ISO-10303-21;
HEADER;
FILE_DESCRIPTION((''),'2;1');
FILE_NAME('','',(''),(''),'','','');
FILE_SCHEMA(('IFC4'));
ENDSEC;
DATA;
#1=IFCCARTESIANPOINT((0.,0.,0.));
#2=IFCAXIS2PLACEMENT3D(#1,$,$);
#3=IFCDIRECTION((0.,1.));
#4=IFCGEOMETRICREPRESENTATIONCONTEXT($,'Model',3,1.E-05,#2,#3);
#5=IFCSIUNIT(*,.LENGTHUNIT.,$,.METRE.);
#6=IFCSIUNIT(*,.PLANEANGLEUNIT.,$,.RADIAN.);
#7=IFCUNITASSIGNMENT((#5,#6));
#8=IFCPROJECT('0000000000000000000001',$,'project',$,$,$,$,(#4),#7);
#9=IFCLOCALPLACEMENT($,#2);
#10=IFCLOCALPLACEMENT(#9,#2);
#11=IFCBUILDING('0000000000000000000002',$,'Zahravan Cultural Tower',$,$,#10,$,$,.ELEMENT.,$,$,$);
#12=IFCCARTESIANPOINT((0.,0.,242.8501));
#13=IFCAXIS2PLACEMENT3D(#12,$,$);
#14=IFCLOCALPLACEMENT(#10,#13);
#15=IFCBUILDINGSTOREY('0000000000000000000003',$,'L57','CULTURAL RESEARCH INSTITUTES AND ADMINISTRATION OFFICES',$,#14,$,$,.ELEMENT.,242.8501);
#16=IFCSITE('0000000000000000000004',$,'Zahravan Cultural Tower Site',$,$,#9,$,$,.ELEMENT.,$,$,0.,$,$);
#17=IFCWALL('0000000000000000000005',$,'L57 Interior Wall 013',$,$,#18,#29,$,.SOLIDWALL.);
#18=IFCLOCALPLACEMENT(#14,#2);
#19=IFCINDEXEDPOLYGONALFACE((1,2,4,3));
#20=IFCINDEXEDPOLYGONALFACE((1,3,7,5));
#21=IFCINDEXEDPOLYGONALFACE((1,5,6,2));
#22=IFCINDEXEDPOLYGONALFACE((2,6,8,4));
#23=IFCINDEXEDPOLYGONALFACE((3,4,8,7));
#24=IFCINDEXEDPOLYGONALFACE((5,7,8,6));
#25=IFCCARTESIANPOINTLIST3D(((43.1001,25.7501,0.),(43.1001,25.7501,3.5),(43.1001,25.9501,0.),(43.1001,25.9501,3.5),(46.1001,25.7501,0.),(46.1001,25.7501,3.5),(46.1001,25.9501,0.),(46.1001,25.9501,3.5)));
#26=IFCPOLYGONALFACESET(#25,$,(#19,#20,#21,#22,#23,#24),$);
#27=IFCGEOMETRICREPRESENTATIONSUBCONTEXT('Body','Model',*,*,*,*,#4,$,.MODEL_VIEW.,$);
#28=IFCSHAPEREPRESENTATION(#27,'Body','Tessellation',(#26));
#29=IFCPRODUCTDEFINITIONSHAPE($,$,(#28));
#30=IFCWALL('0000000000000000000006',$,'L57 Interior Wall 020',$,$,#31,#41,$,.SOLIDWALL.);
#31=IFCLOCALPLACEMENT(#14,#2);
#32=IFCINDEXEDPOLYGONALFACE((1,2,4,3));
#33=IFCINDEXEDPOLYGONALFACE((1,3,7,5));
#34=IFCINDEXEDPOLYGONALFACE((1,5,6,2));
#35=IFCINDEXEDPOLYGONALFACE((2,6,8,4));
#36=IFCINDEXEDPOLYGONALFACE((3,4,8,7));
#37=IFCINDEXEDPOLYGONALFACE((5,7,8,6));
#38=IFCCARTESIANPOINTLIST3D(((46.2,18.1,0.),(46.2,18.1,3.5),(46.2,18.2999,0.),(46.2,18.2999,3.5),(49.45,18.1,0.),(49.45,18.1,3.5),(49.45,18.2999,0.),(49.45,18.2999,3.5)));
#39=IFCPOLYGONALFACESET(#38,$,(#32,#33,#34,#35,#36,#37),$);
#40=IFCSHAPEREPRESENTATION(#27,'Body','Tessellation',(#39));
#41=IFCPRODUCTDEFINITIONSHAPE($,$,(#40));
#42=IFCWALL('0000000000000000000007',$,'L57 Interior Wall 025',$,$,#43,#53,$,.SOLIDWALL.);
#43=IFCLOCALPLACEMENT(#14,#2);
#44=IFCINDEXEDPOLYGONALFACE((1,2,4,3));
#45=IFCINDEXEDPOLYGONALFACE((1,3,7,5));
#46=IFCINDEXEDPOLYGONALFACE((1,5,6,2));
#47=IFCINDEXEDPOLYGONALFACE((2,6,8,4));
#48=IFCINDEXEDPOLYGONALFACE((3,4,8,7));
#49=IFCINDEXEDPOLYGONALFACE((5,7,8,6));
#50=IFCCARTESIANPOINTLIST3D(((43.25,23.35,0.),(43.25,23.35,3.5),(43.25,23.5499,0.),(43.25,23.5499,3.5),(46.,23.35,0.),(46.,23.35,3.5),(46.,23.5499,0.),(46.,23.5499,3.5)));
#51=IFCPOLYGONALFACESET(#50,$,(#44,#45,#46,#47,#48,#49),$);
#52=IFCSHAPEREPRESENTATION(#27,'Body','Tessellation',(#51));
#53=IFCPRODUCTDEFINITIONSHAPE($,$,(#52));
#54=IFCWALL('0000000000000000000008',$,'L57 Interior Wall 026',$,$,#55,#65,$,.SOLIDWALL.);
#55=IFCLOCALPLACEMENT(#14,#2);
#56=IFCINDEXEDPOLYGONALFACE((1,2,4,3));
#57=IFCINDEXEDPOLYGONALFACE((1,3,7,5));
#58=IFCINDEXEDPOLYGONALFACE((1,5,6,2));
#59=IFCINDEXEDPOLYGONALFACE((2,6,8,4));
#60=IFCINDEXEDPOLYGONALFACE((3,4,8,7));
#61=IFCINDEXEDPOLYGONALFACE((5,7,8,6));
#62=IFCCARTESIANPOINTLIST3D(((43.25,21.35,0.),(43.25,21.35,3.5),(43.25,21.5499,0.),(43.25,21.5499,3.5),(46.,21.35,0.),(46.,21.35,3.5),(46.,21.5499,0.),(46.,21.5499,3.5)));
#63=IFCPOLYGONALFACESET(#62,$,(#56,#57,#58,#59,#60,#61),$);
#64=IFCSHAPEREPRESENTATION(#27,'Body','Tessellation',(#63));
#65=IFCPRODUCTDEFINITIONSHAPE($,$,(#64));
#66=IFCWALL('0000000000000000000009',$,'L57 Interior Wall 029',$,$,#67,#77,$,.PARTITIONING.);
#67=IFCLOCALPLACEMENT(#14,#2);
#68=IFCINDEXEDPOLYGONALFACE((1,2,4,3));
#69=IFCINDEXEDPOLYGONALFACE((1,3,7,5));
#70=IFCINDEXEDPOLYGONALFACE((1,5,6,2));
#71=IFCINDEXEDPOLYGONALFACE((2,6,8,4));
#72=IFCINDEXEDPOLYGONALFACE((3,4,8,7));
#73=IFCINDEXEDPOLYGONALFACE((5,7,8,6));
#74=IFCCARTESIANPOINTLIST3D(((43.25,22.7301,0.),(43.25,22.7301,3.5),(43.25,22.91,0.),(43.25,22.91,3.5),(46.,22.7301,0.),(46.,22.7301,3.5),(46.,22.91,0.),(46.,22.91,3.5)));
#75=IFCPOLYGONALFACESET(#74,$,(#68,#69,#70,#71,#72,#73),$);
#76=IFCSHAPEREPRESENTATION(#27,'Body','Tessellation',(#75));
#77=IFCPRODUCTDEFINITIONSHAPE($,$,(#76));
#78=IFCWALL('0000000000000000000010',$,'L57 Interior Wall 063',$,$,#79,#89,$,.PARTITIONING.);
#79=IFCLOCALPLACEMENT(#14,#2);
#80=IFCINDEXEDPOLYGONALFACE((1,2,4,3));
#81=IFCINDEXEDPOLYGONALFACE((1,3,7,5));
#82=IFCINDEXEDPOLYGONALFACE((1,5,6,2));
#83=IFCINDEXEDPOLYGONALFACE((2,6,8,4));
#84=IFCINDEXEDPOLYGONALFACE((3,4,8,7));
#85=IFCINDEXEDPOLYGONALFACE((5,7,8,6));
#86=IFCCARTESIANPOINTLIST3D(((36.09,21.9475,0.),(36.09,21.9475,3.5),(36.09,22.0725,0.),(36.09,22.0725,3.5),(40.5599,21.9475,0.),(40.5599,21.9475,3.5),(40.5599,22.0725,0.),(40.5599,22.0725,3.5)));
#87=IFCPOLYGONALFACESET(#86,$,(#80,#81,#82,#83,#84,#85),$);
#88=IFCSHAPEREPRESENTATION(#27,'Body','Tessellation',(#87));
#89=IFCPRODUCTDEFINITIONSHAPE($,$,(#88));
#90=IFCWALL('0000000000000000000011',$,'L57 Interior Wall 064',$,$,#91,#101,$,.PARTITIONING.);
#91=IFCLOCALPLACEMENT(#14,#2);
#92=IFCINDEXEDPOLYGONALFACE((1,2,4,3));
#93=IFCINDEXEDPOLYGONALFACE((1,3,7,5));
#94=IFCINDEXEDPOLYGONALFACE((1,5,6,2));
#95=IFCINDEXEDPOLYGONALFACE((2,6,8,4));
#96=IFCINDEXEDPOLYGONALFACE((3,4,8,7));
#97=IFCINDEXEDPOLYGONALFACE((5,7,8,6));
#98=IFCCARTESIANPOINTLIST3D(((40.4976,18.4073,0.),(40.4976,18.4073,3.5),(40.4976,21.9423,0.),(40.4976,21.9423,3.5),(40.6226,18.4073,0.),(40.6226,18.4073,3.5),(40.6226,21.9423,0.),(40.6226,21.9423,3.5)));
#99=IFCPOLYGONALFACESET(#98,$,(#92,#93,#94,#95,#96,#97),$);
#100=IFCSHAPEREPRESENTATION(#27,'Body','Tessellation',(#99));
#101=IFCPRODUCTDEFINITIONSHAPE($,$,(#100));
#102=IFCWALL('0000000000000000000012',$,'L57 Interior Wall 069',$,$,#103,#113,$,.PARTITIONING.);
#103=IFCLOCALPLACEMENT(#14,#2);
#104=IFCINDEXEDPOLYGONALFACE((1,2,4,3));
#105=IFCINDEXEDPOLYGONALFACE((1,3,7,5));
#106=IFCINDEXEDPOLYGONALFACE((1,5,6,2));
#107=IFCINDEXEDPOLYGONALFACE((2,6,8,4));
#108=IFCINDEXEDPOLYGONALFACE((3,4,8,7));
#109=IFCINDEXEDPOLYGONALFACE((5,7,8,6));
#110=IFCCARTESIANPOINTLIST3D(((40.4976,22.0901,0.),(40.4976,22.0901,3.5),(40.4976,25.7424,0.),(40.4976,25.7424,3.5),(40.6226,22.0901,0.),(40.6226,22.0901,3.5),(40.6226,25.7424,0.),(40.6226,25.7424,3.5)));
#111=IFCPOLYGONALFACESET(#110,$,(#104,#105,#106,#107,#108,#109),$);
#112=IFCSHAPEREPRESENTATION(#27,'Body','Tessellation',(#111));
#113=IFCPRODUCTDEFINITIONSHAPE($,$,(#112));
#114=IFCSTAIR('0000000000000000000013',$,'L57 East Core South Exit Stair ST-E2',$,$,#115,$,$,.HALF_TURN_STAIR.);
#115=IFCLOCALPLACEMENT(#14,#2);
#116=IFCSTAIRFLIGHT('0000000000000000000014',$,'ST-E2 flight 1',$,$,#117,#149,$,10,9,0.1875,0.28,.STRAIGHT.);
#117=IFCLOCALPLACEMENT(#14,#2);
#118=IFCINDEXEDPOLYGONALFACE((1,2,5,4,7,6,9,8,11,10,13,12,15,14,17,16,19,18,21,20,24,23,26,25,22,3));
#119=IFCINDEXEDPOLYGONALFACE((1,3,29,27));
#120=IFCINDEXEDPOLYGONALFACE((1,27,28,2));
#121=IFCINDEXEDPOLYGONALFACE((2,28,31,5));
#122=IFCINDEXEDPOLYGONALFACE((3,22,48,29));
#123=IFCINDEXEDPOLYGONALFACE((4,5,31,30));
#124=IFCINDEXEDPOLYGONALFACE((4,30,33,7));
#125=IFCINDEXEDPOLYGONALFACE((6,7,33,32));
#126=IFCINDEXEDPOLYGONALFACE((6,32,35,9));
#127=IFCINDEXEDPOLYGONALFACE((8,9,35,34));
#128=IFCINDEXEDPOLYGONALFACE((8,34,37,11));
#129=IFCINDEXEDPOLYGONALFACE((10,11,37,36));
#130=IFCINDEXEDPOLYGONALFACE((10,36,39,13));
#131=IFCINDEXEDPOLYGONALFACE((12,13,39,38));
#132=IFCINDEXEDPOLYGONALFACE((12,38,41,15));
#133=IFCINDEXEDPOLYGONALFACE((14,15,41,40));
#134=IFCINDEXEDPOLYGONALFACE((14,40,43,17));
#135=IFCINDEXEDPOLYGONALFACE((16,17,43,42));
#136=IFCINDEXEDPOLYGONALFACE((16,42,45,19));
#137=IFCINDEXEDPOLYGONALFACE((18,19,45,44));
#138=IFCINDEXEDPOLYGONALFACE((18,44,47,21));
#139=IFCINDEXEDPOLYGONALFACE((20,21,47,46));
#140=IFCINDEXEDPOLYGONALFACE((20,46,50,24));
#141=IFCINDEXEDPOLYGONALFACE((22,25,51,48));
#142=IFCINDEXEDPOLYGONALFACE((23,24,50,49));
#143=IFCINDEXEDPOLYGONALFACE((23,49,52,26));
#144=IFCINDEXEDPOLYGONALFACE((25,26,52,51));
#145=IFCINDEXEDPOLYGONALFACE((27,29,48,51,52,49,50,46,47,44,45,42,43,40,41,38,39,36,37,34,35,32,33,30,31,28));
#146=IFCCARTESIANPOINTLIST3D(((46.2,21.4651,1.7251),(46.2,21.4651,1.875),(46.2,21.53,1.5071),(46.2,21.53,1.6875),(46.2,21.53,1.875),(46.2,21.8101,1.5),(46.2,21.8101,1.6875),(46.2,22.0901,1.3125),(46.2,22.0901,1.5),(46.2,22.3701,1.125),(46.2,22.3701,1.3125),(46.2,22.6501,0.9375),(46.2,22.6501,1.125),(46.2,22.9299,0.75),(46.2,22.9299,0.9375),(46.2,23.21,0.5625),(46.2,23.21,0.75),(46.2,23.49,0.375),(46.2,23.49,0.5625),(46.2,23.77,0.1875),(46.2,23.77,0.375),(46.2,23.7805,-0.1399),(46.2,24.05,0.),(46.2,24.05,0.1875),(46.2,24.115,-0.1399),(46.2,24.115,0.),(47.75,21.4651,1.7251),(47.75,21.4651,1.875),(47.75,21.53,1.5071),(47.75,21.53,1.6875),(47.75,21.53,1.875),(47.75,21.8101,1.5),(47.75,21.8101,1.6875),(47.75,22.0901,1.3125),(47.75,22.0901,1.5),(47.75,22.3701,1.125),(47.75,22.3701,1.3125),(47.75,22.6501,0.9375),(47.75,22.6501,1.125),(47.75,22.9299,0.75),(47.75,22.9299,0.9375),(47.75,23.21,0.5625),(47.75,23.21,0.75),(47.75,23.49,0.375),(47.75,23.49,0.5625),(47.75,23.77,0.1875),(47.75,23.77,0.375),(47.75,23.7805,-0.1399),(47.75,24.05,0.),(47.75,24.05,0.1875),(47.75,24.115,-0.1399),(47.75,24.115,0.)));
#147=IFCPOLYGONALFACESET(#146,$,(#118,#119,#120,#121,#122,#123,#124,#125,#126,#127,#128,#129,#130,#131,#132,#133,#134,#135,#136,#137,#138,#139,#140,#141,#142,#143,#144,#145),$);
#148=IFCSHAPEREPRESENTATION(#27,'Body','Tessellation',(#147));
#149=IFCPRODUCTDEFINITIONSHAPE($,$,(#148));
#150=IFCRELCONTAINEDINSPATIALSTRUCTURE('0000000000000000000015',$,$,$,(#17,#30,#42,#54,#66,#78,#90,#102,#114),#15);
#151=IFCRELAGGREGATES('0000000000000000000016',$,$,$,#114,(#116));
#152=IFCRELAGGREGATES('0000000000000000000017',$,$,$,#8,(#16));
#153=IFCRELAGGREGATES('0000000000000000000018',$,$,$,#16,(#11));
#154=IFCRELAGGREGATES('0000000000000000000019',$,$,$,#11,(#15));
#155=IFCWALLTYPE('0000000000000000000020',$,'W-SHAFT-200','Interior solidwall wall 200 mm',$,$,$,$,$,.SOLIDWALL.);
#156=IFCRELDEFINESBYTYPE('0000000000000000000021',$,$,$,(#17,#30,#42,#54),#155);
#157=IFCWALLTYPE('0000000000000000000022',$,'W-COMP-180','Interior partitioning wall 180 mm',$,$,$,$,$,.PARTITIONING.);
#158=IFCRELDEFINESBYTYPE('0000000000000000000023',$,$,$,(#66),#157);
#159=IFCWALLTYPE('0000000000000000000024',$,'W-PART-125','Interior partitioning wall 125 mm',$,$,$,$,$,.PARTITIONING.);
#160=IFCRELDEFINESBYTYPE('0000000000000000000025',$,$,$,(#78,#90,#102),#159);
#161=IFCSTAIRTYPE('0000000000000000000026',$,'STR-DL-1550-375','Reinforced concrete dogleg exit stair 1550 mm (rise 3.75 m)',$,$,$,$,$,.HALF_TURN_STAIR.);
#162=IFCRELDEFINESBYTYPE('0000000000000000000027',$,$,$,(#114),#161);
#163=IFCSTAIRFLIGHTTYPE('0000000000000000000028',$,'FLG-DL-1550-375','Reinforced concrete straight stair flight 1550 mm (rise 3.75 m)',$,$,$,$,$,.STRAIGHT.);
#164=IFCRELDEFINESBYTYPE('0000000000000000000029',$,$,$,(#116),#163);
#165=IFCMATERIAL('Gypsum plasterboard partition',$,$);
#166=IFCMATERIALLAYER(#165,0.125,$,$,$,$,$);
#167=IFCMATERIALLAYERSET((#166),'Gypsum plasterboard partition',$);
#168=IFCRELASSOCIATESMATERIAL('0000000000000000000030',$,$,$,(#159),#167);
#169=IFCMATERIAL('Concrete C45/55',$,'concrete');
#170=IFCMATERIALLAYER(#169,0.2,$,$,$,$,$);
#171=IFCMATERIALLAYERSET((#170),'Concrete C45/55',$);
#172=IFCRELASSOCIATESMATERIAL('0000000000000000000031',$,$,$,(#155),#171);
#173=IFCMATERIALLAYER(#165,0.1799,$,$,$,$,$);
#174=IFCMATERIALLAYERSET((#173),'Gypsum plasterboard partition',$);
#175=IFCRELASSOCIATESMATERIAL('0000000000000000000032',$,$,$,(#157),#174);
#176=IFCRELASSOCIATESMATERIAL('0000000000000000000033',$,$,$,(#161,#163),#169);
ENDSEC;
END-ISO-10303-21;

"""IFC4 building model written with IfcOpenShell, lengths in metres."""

from ifc_helpers import new_model, si_unit, direction, frame, frame_2d, origin, place, context, subcontext, project, spatial, polyline, rectangle, outline, extrude, source, transform, mapped, material, layer, layer_set, type_object, element, aggregate, save


model = new_model("IFC4")

# Units and contexts
model_context = context("Model", 3, precision=1e-05, world=origin(), true_north=direction((0.0, 1.0)))
body_context = subcontext(model_context, "Body", "Model", "MODEL_VIEW")
ifc_project = project(units=[si_unit("LENGTHUNIT", "METRE"), si_unit("PLANEANGLEUNIT", "RADIAN")], contexts=[model_context])

# Site, building, storey
site_placement = place(None, origin())
site = spatial("IfcSite", under=ifc_project, at=site_placement, Name="Zahravan Cultural Tower Site", CompositionType="ELEMENT", RefElevation=0.0)
building_placement = place(site_placement, origin())
building = spatial("IfcBuilding", under=site, at=building_placement, Name="Zahravan Cultural Tower", CompositionType="ELEMENT")
storey_placement = place(building_placement, frame((0.0, 0.0, 242.8501)))
storey = spatial("IfcBuildingStorey", under=building, at=storey_placement, Name="L57", Description="CULTURAL RESEARCH INSTITUTES AND ADMINISTRATION OFFICES", CompositionType="ELEMENT", Elevation=242.8501)

# Shared definitions
ifc_material_1 = material(Name="Gypsum plasterboard partition")
ifc_layer_1 = layer(ifc_material_1, 0.125)
ifc_layer_set_1 = layer_set([ifc_layer_1], Name="Gypsum plasterboard partition")
wall_type_1 = type_object("IfcWallType", Name="W-PART-125", Description="Interior partitioning wall 125 mm", PredefinedType="PARTITIONING", material=ifc_layer_set_1)
ifc_material_2 = material(Name="Concrete C45/55", Category="concrete")
ifc_layer_2 = layer(ifc_material_2, 0.2)
ifc_layer_set_2 = layer_set([ifc_layer_2], Name="Concrete C45/55")
wall_type_2 = type_object("IfcWallType", Name="W-SHAFT-200", Description="Interior solidwall wall 200 mm", PredefinedType="SOLIDWALL", material=ifc_layer_set_2)

# Walls
shared_shape_1 = source(origin(), body_context, "Body", "SweptSolid", [
    extrude(rectangle(XDim=3.0, YDim=0.2, at=frame_2d((1.5, 0.0))), origin(), (0.0, 0.0, 1.0), 3.5),
])
wall_1_placement = place(storey_placement, frame((43.1001, 25.8501, 0.0), z_axis=(0.0, 0.0, 1.0), x_axis=(1.0, 0.0, 0.0)))
element("IfcWall", 1, at=wall_1_placement, inside=storey, type_object=wall_type_2, Name="L57 Interior Wall 013", PredefinedType="SOLIDWALL", context=body_context, shape_type="MappedRepresentation", body=[
    mapped(shared_shape_1, transform((0.0, 0.0, 0.0), x_axis=(1.0, 0.0, 0.0), y_axis=(0.0, 1.0, 0.0), z_axis=(0.0, 0.0, 1.0), scale=1.0)),
])
shared_shape_2 = source(origin(), body_context, "Body", "SweptSolid", [
    extrude(rectangle(XDim=3.25, YDim=0.2, at=frame_2d((1.625, 0.0))), origin(), (0.0, 0.0, 1.0), 3.5),
])
wall_2_placement = place(storey_placement, frame((46.2, 18.2, 0.0), z_axis=(0.0, 0.0, 1.0), x_axis=(1.0, 0.0, 0.0)))
element("IfcWall", 2, at=wall_2_placement, inside=storey, type_object=wall_type_2, Name="L57 Interior Wall 020", PredefinedType="SOLIDWALL", context=body_context, shape_type="MappedRepresentation", body=[
    mapped(shared_shape_2, transform((0.0, 0.0, 0.0), x_axis=(1.0, 0.0, 0.0), y_axis=(0.0, 1.0, 0.0), z_axis=(0.0, 0.0, 1.0), scale=1.0)),
])
shared_shape_3 = source(origin(), body_context, "Body", "SweptSolid", [
    extrude(rectangle(XDim=2.75, YDim=0.2, at=frame_2d((1.375, 0.0))), origin(), (0.0, 0.0, 1.0), 3.5),
])
for number, where, z_axis, x_axis, name in (
    (3, (43.25, 23.45, 0.0), (0.0, 0.0, 1.0), (1.0, 0.0, 0.0), "L57 Interior Wall 025"),
    (4, (43.25, 21.45, 0.0), (0.0, 0.0, 1.0), (1.0, 0.0, 0.0), "L57 Interior Wall 026"),
):
    element("IfcWall", number, at=place(storey_placement, frame(where, z_axis=z_axis, x_axis=x_axis)), inside=storey, type_object=wall_type_2, Name=name, PredefinedType="SOLIDWALL", context=body_context, shape_type="MappedRepresentation", body=[
        mapped(shared_shape_3, transform((0.0, 0.0, 0.0), x_axis=(1.0, 0.0, 0.0), y_axis=(0.0, 1.0, 0.0), z_axis=(0.0, 0.0, 1.0), scale=1.0)),
    ])
ifc_layer_3 = layer(ifc_material_1, 0.1799)
ifc_layer_set_3 = layer_set([ifc_layer_3], Name="Gypsum plasterboard partition")
wall_type_3 = type_object("IfcWallType", Name="W-COMP-180", Description="Interior partitioning wall 180 mm", PredefinedType="PARTITIONING", material=ifc_layer_set_3)
shared_shape_4 = source(origin(), body_context, "Body", "SweptSolid", [
    extrude(rectangle(XDim=2.75, YDim=0.1799, at=frame_2d((1.375, 0.0))), origin(), (0.0, 0.0, 1.0), 3.5),
])
wall_3_placement = place(storey_placement, frame((43.25, 22.8201, 0.0), z_axis=(0.0, 0.0, 1.0), x_axis=(1.0, 0.0, 0.0)))
element("IfcWall", 5, at=wall_3_placement, inside=storey, type_object=wall_type_3, Name="L57 Interior Wall 029", PredefinedType="PARTITIONING", context=body_context, shape_type="MappedRepresentation", body=[
    mapped(shared_shape_4, transform((0.0, 0.0, 0.0), x_axis=(1.0, 0.0, 0.0), y_axis=(0.0, 1.0, 0.0), z_axis=(0.0, 0.0, 1.0), scale=1.0)),
])
shared_shape_5 = source(origin(), body_context, "Body", "SweptSolid", [
    extrude(rectangle(XDim=4.47, YDim=0.125, at=frame_2d((2.2349, 0.0))), origin(), (0.0, 0.0, 1.0), 3.5),
])
wall_4_placement = place(storey_placement, frame((36.0901, 22.01, 0.0), z_axis=(0.0, 0.0, 1.0), x_axis=(1.0, 0.0, 0.0)))
element("IfcWall", 6, at=wall_4_placement, inside=storey, type_object=wall_type_1, Name="L57 Interior Wall 063", PredefinedType="PARTITIONING", context=body_context, shape_type="MappedRepresentation", body=[
    mapped(shared_shape_5, transform((0.0, 0.0, 0.0), x_axis=(1.0, 0.0, 0.0), y_axis=(0.0, 1.0, 0.0), z_axis=(0.0, 0.0, 1.0), scale=1.0)),
])
shared_shape_6 = source(origin(), body_context, "Body", "SweptSolid", [
    extrude(rectangle(XDim=3.5349, YDim=0.125, at=frame_2d((1.7676, 0.0))), origin(), (0.0, 0.0, 1.0), 3.5),
])
wall_5_placement = place(storey_placement, frame((40.5601, 21.9424, 0.0), z_axis=(0.0, 0.0, 1.0), x_axis=(0.0, -1.0, 0.0)))
element("IfcWall", 7, at=wall_5_placement, inside=storey, type_object=wall_type_1, Name="L57 Interior Wall 064", PredefinedType="PARTITIONING", context=body_context, shape_type="MappedRepresentation", body=[
    mapped(shared_shape_6, transform((0.0, 0.0, 0.0), x_axis=(1.0, 0.0, 0.0), y_axis=(0.0, 1.0, 0.0), z_axis=(0.0, 0.0, 1.0), scale=1.0)),
])
shared_shape_7 = source(origin(), body_context, "Body", "SweptSolid", [
    extrude(rectangle(XDim=3.6523, YDim=0.125, at=frame_2d((1.8262, 0.0))), origin(), (0.0, 0.0, 1.0), 3.5),
])
wall_6_placement = place(storey_placement, frame((40.5601, 25.7424, 0.0), z_axis=(0.0, 0.0, 1.0), x_axis=(0.0, -1.0, 0.0)))
element("IfcWall", 8, at=wall_6_placement, inside=storey, type_object=wall_type_1, Name="L57 Interior Wall 069", PredefinedType="PARTITIONING", context=body_context, shape_type="MappedRepresentation", body=[
    mapped(shared_shape_7, transform((0.0, 0.0, 0.0), x_axis=(1.0, 0.0, 0.0), y_axis=(0.0, 1.0, 0.0), z_axis=(0.0, 0.0, 1.0), scale=1.0)),
])

# Stair, stair flight
stair_type = type_object("IfcStairType", Name="STR-DL-1550-375", Description="Reinforced concrete dogleg exit stair 1550 mm (rise 3.75 m)", PredefinedType="HALF_TURN_STAIR", material=ifc_material_2)
stair_placement = place(storey_placement, origin())
stair = element("IfcStair", 9, at=stair_placement, inside=storey, type_object=stair_type, Name="L57 East Core South Exit Stair ST-E2", PredefinedType="HALF_TURN_STAIR")
stair_flight_type = type_object("IfcStairFlightType", Name="FLG-DL-1550-375", Description="Reinforced concrete straight stair flight 1550 mm (rise 3.75 m)", PredefinedType="STRAIGHT", material=ifc_material_2)
stair_flight_placement = place(storey_placement, frame((46.9751, 24.05, 0.0), z_axis=(0.0, 0.0, 1.0), x_axis=(0.0, -1.0, 0.0)))
stair_flight = element("IfcStairFlight", 10, at=stair_flight_placement, type_object=stair_flight_type, Name="ST-E2 flight 1", NumberOfRisers=10, NumberOfTreads=9, PredefinedType="STRAIGHT", RiserHeight=0.1875, TreadLength=0.28, context=body_context, shape_type="SweptSolid", body=[
    extrude(outline(polyline([(-0.0649, -0.1399), (-0.0649, 0.0), (0.0, 0.0), (0.0, 0.1875), (0.28, 0.1875), (0.28, 0.375), (0.5601, 0.375), (0.5601, 0.5625), (0.8401, 0.5625), (0.8401, 0.75), (1.1201, 0.75), (1.1201, 0.9375), (1.3999, 0.9375), (1.3999, 1.125), (1.6799, 1.125), (1.6799, 1.3125), (1.96, 1.3125), (1.96, 1.5), (2.24, 1.5), (2.24, 1.6875), (2.52, 1.6875), (2.52, 1.875), (2.585, 1.875), (2.585, 1.7251), (2.52, 1.5071), (0.2695, -0.1399), (-0.0649, -0.1399)])), frame((0.0, 0.7749, 0.0), z_axis=(0.0, -1.0, 0.0), x_axis=(1.0, 0.0, 0.0)), (0.0, 0.0, 1.0), 1.55),
])
aggregate(stair, [stair_flight])

save(model, "model.ifc")
